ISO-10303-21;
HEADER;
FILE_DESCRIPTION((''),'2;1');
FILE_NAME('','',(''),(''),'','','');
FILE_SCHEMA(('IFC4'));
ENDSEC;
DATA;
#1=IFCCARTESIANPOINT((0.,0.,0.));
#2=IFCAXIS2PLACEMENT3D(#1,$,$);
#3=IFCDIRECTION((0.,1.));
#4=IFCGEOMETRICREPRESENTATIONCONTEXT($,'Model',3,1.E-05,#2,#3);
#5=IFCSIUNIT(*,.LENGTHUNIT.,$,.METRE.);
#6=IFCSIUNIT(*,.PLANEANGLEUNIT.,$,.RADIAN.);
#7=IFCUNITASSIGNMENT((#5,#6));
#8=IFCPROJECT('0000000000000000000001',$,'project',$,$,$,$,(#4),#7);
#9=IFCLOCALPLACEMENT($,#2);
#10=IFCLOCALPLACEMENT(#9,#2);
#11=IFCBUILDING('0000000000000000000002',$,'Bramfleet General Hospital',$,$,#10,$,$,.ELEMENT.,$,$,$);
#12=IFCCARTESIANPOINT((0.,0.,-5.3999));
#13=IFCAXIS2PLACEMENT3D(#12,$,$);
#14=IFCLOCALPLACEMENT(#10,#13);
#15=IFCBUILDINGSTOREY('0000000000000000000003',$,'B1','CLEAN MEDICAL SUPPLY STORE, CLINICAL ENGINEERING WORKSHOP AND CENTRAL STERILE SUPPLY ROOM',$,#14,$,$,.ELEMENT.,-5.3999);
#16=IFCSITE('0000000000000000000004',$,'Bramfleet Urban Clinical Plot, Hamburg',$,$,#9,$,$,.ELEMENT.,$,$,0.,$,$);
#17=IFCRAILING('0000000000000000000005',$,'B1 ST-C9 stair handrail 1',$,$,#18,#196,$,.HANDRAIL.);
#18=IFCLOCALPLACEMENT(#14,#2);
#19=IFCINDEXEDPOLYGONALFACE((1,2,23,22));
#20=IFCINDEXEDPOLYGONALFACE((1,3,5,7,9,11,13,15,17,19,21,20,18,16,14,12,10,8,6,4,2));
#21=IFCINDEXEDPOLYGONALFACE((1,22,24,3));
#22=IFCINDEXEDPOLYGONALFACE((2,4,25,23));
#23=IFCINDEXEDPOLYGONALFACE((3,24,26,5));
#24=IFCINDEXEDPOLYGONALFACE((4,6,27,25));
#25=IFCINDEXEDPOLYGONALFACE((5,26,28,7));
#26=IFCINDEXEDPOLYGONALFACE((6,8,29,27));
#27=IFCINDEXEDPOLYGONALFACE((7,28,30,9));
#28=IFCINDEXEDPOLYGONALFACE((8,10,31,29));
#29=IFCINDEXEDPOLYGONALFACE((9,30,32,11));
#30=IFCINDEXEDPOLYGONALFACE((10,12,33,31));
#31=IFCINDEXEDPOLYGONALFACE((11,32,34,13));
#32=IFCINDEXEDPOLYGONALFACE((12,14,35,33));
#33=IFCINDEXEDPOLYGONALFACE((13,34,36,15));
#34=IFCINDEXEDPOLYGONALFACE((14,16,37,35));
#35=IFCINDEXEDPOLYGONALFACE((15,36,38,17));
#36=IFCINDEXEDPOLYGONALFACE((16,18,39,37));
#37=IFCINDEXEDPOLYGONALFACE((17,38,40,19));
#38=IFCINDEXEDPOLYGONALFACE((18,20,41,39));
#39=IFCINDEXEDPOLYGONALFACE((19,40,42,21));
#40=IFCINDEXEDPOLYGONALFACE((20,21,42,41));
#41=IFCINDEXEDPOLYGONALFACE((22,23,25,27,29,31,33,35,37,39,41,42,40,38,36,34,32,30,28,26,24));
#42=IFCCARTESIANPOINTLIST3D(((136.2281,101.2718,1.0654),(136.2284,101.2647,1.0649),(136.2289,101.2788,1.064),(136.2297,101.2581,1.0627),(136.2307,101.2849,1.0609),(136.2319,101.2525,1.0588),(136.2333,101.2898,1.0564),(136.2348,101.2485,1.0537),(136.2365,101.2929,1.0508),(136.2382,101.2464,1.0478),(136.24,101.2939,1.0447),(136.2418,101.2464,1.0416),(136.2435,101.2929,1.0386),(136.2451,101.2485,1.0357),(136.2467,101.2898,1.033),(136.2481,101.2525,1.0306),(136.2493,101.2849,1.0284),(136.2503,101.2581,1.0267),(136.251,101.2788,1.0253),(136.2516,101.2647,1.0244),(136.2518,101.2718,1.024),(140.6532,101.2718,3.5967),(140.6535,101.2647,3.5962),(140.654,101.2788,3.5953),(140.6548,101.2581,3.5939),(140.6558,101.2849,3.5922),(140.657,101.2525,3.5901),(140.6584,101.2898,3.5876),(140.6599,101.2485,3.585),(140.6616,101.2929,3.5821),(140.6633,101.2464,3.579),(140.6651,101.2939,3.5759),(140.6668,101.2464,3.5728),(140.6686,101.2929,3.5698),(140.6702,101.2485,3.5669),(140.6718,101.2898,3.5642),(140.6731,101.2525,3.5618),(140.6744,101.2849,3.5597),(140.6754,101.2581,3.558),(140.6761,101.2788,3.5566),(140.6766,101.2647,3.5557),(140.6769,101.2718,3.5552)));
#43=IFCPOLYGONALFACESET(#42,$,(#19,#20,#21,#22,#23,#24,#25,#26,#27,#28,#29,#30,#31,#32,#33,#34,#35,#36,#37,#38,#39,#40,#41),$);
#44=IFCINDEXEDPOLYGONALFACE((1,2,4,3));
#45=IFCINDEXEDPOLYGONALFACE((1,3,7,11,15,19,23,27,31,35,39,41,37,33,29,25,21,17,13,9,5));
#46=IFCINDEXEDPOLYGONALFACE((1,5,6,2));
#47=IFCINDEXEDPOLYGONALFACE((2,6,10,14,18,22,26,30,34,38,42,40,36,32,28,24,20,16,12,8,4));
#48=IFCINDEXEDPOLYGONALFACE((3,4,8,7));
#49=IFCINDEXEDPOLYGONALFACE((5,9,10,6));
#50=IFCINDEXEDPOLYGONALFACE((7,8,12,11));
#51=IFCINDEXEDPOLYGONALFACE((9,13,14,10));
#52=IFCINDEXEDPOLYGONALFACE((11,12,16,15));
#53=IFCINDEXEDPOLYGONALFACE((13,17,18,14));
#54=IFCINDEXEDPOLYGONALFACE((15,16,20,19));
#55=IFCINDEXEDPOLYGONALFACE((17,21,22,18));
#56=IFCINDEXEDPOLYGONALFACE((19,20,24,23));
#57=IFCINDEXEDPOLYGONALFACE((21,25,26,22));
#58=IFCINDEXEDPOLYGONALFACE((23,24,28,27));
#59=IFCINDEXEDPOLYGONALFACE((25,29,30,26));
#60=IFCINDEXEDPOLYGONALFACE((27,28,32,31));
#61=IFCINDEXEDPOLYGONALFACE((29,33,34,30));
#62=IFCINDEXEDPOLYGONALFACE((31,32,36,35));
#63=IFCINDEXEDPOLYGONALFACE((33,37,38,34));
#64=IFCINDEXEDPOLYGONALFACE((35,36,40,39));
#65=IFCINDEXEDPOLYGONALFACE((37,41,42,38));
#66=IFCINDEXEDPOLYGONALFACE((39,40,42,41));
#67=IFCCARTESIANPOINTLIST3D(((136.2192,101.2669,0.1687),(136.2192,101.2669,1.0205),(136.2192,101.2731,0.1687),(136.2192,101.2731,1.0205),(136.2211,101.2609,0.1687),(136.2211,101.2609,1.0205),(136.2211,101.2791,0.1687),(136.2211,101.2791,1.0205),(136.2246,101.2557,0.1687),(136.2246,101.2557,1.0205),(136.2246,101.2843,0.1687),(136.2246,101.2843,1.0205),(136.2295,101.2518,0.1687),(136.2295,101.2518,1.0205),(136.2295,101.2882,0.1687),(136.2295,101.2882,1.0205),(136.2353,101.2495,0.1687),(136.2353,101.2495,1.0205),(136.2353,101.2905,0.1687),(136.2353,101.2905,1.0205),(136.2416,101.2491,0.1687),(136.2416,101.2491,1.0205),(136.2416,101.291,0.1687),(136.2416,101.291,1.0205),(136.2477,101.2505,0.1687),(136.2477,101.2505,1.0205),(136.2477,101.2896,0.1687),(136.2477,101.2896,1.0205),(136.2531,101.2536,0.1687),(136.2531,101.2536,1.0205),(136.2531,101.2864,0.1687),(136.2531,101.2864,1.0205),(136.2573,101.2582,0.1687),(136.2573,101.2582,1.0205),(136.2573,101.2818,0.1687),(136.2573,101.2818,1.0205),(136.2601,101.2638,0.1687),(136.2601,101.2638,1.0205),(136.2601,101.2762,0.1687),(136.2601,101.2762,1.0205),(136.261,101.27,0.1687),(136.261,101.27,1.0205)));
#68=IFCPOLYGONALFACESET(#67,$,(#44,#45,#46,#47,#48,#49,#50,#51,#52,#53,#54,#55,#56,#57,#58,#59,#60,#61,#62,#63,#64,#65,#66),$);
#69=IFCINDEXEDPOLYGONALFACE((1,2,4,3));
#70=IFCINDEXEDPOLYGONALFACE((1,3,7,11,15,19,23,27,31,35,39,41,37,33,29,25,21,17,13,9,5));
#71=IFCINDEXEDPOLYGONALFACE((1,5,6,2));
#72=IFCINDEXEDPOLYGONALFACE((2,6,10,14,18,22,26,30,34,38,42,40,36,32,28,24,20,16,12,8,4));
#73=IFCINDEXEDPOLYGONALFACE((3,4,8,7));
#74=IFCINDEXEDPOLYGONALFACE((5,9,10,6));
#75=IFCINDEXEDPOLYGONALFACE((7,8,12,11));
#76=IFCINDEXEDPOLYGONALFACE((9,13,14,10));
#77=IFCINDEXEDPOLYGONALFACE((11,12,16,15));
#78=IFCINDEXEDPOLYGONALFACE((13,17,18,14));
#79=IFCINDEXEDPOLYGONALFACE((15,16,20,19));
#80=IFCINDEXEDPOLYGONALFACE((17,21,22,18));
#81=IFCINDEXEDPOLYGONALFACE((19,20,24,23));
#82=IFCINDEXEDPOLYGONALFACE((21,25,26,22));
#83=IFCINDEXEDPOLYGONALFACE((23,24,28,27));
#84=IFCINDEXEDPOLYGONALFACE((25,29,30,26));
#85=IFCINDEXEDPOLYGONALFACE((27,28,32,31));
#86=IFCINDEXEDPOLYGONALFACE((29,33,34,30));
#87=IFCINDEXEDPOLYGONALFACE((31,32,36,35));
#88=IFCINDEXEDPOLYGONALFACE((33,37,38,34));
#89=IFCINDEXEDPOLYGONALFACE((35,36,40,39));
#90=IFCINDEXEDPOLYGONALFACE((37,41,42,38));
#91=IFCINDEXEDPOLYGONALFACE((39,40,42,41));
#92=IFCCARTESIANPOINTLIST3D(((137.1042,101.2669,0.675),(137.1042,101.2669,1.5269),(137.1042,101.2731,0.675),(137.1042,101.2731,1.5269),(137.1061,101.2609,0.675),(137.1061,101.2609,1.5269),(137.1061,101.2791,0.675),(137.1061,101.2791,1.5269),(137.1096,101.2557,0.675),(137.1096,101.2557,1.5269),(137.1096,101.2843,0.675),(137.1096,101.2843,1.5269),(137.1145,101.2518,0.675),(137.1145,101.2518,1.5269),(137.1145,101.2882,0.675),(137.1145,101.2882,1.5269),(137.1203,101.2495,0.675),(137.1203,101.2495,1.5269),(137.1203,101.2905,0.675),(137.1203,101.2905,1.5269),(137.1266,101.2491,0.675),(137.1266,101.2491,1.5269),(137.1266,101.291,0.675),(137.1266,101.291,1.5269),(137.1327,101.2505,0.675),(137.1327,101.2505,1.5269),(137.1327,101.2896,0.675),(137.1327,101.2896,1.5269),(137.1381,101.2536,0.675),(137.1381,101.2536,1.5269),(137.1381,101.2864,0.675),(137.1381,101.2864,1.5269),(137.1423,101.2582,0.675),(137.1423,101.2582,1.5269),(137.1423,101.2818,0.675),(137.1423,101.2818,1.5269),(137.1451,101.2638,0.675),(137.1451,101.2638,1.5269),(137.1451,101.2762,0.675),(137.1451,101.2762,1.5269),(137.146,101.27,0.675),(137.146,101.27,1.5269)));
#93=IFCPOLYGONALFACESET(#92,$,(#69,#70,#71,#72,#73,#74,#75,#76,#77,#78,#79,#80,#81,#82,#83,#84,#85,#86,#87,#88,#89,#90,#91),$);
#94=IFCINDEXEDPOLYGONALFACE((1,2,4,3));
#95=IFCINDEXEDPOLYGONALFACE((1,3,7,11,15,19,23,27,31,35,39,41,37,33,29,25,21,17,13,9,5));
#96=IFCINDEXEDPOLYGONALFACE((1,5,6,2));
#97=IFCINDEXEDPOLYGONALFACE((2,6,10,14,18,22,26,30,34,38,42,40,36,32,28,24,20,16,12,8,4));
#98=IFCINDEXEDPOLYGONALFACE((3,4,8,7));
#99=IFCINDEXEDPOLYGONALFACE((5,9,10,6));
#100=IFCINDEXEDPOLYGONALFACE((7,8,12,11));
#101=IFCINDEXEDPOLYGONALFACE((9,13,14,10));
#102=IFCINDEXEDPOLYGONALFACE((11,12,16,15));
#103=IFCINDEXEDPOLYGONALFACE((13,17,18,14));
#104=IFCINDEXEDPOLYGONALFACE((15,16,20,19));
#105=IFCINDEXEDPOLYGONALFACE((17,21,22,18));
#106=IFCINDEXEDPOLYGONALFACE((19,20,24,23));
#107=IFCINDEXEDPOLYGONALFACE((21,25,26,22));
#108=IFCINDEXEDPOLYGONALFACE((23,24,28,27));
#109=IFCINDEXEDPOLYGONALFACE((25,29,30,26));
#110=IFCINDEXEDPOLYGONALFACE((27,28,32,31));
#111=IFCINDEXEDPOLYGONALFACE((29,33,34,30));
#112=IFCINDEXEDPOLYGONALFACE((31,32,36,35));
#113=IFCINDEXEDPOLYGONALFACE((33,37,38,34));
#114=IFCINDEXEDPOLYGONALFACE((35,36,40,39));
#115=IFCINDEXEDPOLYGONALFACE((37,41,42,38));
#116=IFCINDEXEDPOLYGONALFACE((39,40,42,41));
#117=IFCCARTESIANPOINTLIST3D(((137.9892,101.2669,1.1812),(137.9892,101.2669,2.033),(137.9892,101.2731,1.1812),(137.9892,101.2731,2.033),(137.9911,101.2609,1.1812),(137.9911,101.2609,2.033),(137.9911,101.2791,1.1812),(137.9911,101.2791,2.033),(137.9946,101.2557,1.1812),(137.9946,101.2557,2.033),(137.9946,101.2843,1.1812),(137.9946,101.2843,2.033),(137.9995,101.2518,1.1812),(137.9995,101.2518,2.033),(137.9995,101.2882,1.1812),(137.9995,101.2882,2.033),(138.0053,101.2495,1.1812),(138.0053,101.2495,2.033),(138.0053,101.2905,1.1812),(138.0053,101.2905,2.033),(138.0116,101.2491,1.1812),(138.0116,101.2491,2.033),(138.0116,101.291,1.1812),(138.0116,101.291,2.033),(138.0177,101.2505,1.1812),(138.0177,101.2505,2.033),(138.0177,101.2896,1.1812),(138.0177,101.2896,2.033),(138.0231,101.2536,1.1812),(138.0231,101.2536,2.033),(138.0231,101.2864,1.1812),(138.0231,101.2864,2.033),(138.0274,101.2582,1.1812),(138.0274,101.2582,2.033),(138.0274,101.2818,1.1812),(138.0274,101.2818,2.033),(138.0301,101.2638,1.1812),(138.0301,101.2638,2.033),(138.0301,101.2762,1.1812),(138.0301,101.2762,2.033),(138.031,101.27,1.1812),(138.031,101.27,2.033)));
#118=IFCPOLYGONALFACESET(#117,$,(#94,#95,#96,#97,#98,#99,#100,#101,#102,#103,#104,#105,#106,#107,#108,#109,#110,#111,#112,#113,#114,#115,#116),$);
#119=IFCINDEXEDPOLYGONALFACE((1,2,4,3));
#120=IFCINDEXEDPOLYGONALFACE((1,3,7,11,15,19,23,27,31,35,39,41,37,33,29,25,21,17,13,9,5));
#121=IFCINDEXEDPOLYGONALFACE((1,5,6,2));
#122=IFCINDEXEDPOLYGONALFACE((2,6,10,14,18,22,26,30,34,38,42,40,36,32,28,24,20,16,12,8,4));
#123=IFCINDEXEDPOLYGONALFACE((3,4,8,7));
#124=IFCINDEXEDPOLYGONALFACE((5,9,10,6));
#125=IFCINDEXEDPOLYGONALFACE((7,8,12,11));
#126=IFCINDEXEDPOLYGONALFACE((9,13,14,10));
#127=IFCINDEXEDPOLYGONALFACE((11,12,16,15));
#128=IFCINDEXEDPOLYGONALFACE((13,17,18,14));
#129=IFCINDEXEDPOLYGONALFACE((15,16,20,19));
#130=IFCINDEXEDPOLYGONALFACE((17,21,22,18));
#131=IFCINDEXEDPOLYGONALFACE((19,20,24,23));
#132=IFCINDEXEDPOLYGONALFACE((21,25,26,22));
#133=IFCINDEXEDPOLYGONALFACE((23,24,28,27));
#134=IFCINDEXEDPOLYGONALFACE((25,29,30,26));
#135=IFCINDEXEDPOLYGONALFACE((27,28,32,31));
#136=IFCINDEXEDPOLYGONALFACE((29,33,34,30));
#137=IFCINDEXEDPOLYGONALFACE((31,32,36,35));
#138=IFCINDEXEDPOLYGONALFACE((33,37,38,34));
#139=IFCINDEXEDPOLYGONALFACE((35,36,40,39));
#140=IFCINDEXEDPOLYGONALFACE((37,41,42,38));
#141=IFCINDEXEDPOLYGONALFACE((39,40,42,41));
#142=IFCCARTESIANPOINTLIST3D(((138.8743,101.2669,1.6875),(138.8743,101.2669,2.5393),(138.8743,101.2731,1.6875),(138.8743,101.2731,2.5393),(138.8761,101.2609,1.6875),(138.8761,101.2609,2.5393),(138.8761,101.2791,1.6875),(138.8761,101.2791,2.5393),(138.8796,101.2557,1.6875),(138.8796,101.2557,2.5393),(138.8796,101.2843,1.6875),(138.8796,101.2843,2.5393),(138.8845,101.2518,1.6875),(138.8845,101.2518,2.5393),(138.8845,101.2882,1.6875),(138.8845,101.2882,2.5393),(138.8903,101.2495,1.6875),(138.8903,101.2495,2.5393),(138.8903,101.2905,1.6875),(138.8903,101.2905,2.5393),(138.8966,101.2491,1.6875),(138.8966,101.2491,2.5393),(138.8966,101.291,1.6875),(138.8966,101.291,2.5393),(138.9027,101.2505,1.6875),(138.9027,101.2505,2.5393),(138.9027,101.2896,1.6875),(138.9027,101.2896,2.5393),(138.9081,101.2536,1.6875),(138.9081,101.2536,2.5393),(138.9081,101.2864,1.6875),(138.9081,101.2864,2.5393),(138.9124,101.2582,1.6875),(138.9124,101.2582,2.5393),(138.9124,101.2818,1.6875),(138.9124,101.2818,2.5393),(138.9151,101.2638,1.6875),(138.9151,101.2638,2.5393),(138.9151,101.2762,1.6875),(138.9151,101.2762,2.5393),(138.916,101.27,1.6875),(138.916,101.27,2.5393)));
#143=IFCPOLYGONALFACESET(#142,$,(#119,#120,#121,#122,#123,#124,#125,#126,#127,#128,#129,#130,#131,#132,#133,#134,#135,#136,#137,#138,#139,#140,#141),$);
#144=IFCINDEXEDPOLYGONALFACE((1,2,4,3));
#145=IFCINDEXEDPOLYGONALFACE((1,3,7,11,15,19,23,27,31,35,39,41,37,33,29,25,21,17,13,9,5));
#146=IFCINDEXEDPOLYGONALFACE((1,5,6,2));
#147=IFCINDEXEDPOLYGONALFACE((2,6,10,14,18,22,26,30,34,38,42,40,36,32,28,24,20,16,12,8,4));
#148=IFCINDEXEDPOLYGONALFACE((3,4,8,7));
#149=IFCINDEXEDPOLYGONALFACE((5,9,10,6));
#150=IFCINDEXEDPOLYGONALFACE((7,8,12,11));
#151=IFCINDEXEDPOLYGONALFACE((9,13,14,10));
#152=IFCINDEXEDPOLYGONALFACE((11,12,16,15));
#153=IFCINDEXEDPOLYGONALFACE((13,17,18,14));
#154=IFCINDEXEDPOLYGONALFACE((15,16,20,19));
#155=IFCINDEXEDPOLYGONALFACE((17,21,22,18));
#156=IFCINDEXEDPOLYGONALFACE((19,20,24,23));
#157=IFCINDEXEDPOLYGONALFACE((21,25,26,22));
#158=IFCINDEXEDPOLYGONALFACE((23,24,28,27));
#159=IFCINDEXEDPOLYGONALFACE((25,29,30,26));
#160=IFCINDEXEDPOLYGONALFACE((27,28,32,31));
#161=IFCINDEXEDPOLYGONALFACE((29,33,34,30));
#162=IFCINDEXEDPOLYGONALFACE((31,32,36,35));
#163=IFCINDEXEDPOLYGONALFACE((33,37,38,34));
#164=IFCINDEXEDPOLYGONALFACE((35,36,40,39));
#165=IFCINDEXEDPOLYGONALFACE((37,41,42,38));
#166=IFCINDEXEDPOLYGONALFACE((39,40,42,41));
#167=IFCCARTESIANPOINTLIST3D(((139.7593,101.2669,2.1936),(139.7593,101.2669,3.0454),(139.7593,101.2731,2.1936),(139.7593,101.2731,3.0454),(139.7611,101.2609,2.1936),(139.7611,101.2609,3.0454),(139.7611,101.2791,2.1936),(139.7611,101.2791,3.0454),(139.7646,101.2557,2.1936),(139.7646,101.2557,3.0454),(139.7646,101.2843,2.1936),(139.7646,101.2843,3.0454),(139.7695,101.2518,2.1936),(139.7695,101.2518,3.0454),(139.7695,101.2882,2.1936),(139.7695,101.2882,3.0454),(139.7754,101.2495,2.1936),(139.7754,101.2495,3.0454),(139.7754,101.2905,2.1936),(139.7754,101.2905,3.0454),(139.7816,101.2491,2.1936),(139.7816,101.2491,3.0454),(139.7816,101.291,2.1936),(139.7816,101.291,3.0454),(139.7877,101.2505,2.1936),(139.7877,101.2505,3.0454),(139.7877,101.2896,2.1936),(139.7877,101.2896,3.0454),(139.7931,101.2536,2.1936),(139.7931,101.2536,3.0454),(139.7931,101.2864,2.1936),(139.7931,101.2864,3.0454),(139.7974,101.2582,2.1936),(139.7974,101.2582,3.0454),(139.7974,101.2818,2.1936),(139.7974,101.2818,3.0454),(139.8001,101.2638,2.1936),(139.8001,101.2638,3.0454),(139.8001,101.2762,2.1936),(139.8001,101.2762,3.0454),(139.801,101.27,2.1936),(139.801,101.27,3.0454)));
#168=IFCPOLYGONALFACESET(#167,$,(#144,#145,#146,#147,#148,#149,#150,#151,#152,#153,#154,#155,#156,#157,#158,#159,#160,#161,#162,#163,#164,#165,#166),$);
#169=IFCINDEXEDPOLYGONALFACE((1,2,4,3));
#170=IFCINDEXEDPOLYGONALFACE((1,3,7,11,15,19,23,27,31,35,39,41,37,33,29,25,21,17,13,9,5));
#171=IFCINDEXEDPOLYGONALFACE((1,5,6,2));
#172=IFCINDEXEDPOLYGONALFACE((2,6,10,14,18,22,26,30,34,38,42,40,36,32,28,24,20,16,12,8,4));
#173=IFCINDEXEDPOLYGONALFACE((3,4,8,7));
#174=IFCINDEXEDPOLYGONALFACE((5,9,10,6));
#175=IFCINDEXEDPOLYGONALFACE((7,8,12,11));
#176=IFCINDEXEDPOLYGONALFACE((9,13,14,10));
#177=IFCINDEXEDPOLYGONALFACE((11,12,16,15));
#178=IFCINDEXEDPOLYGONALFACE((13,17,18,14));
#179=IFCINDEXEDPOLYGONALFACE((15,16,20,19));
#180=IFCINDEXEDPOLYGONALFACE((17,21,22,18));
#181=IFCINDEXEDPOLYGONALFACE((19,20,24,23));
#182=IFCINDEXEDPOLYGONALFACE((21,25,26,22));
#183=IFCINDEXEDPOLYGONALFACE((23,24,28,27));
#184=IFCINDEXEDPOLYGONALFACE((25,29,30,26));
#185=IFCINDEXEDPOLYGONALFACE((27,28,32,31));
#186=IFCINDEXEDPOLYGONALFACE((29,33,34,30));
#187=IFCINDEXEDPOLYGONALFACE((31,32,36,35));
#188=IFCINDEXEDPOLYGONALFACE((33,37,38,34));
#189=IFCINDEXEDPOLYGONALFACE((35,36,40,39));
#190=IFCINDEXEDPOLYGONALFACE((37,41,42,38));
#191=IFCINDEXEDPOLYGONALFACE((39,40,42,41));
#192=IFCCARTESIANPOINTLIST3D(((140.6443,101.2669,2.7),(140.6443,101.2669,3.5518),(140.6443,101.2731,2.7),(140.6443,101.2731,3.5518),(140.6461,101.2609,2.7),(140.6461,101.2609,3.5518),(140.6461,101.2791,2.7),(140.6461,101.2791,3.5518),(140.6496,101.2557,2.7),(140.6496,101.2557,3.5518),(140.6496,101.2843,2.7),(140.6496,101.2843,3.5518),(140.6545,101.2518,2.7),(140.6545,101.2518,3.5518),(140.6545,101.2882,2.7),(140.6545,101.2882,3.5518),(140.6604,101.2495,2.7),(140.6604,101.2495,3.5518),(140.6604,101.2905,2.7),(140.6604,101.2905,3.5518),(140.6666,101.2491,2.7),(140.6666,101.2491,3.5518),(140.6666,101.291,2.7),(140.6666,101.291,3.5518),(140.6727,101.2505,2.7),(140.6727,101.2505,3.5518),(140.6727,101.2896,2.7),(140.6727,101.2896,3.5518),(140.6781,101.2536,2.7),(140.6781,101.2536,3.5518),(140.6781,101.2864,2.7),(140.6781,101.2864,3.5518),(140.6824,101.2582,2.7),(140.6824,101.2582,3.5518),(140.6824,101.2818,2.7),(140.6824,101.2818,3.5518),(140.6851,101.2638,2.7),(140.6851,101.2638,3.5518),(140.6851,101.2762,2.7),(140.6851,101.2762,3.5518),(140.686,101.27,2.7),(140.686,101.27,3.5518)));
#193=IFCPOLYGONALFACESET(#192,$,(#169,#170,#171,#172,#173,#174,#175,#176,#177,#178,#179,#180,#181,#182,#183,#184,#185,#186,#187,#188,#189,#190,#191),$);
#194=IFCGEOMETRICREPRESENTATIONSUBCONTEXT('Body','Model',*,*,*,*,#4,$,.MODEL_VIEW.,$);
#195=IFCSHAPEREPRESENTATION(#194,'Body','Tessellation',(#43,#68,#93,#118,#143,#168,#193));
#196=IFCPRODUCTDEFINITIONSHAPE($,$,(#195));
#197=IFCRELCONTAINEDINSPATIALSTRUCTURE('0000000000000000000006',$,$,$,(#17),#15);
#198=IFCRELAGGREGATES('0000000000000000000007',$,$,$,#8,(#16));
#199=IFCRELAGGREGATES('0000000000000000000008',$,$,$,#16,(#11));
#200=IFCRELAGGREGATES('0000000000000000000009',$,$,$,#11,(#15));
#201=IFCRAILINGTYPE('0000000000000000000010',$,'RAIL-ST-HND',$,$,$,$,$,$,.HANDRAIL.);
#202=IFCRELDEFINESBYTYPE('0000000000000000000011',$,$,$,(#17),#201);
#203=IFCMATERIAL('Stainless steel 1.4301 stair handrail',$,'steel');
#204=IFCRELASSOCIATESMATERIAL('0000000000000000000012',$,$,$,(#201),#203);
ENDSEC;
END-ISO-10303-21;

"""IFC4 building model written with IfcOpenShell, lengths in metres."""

from ifc_helpers import new_model, si_unit, direction, frame, origin, origin_2d, place, context, subcontext, project, spatial, circle, extrude, material, type_object, element, save


model = new_model("IFC4")

# Units and contexts
model_context = context("Model", 3, precision=1e-05, world=origin(), true_north=direction((0.0, 1.0)))
body_context = subcontext(model_context, "Body", "Model", "MODEL_VIEW")
ifc_project = project(units=[si_unit("LENGTHUNIT", "METRE"), si_unit("PLANEANGLEUNIT", "RADIAN")], contexts=[model_context])

# Site, building, storey
site_placement = place(None, origin())
site = spatial("IfcSite", under=ifc_project, at=site_placement, Name="Bramfleet Urban Clinical Plot, Hamburg", CompositionType="ELEMENT", RefElevation=0.0)
building_placement = place(site_placement, origin())
building = spatial("IfcBuilding", under=site, at=building_placement, Name="Bramfleet General Hospital", CompositionType="ELEMENT")
storey_placement = place(building_placement, frame((0.0, 0.0, -5.3999)))
storey = spatial("IfcBuildingStorey", under=building, at=storey_placement, Name="B1", Description="CLEAN MEDICAL SUPPLY STORE, CLINICAL ENGINEERING WORKSHOP AND CENTRAL STERILE SUPPLY ROOM", CompositionType="ELEMENT", Elevation=-5.3999)

# Railing
ifc_material_1 = material(Name="Stainless steel 1.4301 stair handrail", Category="steel")
railing_type_1 = type_object("IfcRailingType", Name="RAIL-ST-HND", PredefinedType="HANDRAIL", material=ifc_material_1)
railing_1_placement = place(storey_placement, frame((136.24, 101.27, 0.1687)))
element("IfcRailing", 1, at=railing_1_placement, inside=storey, type_object=railing_type_1, Name="B1 ST-C9 stair handrail 1", PredefinedType="HANDRAIL", context=body_context, shape_type="SweptSolid", body=[
    extrude(circle(Radius=0.0239, at=origin_2d()), frame((0.0, 0.0, 0.876), z_axis=(0.868019, 0.0, 0.496531), x_axis=(0.0, 1.0, 0.0)), (0.0, 0.0, 1.0), 5.0979),
    extrude(circle(Radius=0.021, at=origin_2d()), origin(), (0.0, 0.0, 1.0), 0.8518),
    extrude(circle(Radius=0.021, at=origin_2d()), frame((0.885, 0.0, 0.5063)), (0.0, 0.0, 1.0), 0.8518),
    extrude(circle(Radius=0.021, at=origin_2d()), frame((1.77, 0.0, 1.0125)), (0.0, 0.0, 1.0), 0.8518),
    extrude(circle(Radius=0.021, at=origin_2d()), frame((2.655, 0.0, 1.5188)), (0.0, 0.0, 1.0), 0.8518),
    extrude(circle(Radius=0.021, at=origin_2d()), frame((3.54, 0.0, 2.0249)), (0.0, 0.0, 1.0), 0.8518),
    extrude(circle(Radius=0.021, at=origin_2d()), frame((4.425, 0.0, 2.5312)), (0.0, 0.0, 1.0), 0.8518),
])

save(model, "model.ifc")
